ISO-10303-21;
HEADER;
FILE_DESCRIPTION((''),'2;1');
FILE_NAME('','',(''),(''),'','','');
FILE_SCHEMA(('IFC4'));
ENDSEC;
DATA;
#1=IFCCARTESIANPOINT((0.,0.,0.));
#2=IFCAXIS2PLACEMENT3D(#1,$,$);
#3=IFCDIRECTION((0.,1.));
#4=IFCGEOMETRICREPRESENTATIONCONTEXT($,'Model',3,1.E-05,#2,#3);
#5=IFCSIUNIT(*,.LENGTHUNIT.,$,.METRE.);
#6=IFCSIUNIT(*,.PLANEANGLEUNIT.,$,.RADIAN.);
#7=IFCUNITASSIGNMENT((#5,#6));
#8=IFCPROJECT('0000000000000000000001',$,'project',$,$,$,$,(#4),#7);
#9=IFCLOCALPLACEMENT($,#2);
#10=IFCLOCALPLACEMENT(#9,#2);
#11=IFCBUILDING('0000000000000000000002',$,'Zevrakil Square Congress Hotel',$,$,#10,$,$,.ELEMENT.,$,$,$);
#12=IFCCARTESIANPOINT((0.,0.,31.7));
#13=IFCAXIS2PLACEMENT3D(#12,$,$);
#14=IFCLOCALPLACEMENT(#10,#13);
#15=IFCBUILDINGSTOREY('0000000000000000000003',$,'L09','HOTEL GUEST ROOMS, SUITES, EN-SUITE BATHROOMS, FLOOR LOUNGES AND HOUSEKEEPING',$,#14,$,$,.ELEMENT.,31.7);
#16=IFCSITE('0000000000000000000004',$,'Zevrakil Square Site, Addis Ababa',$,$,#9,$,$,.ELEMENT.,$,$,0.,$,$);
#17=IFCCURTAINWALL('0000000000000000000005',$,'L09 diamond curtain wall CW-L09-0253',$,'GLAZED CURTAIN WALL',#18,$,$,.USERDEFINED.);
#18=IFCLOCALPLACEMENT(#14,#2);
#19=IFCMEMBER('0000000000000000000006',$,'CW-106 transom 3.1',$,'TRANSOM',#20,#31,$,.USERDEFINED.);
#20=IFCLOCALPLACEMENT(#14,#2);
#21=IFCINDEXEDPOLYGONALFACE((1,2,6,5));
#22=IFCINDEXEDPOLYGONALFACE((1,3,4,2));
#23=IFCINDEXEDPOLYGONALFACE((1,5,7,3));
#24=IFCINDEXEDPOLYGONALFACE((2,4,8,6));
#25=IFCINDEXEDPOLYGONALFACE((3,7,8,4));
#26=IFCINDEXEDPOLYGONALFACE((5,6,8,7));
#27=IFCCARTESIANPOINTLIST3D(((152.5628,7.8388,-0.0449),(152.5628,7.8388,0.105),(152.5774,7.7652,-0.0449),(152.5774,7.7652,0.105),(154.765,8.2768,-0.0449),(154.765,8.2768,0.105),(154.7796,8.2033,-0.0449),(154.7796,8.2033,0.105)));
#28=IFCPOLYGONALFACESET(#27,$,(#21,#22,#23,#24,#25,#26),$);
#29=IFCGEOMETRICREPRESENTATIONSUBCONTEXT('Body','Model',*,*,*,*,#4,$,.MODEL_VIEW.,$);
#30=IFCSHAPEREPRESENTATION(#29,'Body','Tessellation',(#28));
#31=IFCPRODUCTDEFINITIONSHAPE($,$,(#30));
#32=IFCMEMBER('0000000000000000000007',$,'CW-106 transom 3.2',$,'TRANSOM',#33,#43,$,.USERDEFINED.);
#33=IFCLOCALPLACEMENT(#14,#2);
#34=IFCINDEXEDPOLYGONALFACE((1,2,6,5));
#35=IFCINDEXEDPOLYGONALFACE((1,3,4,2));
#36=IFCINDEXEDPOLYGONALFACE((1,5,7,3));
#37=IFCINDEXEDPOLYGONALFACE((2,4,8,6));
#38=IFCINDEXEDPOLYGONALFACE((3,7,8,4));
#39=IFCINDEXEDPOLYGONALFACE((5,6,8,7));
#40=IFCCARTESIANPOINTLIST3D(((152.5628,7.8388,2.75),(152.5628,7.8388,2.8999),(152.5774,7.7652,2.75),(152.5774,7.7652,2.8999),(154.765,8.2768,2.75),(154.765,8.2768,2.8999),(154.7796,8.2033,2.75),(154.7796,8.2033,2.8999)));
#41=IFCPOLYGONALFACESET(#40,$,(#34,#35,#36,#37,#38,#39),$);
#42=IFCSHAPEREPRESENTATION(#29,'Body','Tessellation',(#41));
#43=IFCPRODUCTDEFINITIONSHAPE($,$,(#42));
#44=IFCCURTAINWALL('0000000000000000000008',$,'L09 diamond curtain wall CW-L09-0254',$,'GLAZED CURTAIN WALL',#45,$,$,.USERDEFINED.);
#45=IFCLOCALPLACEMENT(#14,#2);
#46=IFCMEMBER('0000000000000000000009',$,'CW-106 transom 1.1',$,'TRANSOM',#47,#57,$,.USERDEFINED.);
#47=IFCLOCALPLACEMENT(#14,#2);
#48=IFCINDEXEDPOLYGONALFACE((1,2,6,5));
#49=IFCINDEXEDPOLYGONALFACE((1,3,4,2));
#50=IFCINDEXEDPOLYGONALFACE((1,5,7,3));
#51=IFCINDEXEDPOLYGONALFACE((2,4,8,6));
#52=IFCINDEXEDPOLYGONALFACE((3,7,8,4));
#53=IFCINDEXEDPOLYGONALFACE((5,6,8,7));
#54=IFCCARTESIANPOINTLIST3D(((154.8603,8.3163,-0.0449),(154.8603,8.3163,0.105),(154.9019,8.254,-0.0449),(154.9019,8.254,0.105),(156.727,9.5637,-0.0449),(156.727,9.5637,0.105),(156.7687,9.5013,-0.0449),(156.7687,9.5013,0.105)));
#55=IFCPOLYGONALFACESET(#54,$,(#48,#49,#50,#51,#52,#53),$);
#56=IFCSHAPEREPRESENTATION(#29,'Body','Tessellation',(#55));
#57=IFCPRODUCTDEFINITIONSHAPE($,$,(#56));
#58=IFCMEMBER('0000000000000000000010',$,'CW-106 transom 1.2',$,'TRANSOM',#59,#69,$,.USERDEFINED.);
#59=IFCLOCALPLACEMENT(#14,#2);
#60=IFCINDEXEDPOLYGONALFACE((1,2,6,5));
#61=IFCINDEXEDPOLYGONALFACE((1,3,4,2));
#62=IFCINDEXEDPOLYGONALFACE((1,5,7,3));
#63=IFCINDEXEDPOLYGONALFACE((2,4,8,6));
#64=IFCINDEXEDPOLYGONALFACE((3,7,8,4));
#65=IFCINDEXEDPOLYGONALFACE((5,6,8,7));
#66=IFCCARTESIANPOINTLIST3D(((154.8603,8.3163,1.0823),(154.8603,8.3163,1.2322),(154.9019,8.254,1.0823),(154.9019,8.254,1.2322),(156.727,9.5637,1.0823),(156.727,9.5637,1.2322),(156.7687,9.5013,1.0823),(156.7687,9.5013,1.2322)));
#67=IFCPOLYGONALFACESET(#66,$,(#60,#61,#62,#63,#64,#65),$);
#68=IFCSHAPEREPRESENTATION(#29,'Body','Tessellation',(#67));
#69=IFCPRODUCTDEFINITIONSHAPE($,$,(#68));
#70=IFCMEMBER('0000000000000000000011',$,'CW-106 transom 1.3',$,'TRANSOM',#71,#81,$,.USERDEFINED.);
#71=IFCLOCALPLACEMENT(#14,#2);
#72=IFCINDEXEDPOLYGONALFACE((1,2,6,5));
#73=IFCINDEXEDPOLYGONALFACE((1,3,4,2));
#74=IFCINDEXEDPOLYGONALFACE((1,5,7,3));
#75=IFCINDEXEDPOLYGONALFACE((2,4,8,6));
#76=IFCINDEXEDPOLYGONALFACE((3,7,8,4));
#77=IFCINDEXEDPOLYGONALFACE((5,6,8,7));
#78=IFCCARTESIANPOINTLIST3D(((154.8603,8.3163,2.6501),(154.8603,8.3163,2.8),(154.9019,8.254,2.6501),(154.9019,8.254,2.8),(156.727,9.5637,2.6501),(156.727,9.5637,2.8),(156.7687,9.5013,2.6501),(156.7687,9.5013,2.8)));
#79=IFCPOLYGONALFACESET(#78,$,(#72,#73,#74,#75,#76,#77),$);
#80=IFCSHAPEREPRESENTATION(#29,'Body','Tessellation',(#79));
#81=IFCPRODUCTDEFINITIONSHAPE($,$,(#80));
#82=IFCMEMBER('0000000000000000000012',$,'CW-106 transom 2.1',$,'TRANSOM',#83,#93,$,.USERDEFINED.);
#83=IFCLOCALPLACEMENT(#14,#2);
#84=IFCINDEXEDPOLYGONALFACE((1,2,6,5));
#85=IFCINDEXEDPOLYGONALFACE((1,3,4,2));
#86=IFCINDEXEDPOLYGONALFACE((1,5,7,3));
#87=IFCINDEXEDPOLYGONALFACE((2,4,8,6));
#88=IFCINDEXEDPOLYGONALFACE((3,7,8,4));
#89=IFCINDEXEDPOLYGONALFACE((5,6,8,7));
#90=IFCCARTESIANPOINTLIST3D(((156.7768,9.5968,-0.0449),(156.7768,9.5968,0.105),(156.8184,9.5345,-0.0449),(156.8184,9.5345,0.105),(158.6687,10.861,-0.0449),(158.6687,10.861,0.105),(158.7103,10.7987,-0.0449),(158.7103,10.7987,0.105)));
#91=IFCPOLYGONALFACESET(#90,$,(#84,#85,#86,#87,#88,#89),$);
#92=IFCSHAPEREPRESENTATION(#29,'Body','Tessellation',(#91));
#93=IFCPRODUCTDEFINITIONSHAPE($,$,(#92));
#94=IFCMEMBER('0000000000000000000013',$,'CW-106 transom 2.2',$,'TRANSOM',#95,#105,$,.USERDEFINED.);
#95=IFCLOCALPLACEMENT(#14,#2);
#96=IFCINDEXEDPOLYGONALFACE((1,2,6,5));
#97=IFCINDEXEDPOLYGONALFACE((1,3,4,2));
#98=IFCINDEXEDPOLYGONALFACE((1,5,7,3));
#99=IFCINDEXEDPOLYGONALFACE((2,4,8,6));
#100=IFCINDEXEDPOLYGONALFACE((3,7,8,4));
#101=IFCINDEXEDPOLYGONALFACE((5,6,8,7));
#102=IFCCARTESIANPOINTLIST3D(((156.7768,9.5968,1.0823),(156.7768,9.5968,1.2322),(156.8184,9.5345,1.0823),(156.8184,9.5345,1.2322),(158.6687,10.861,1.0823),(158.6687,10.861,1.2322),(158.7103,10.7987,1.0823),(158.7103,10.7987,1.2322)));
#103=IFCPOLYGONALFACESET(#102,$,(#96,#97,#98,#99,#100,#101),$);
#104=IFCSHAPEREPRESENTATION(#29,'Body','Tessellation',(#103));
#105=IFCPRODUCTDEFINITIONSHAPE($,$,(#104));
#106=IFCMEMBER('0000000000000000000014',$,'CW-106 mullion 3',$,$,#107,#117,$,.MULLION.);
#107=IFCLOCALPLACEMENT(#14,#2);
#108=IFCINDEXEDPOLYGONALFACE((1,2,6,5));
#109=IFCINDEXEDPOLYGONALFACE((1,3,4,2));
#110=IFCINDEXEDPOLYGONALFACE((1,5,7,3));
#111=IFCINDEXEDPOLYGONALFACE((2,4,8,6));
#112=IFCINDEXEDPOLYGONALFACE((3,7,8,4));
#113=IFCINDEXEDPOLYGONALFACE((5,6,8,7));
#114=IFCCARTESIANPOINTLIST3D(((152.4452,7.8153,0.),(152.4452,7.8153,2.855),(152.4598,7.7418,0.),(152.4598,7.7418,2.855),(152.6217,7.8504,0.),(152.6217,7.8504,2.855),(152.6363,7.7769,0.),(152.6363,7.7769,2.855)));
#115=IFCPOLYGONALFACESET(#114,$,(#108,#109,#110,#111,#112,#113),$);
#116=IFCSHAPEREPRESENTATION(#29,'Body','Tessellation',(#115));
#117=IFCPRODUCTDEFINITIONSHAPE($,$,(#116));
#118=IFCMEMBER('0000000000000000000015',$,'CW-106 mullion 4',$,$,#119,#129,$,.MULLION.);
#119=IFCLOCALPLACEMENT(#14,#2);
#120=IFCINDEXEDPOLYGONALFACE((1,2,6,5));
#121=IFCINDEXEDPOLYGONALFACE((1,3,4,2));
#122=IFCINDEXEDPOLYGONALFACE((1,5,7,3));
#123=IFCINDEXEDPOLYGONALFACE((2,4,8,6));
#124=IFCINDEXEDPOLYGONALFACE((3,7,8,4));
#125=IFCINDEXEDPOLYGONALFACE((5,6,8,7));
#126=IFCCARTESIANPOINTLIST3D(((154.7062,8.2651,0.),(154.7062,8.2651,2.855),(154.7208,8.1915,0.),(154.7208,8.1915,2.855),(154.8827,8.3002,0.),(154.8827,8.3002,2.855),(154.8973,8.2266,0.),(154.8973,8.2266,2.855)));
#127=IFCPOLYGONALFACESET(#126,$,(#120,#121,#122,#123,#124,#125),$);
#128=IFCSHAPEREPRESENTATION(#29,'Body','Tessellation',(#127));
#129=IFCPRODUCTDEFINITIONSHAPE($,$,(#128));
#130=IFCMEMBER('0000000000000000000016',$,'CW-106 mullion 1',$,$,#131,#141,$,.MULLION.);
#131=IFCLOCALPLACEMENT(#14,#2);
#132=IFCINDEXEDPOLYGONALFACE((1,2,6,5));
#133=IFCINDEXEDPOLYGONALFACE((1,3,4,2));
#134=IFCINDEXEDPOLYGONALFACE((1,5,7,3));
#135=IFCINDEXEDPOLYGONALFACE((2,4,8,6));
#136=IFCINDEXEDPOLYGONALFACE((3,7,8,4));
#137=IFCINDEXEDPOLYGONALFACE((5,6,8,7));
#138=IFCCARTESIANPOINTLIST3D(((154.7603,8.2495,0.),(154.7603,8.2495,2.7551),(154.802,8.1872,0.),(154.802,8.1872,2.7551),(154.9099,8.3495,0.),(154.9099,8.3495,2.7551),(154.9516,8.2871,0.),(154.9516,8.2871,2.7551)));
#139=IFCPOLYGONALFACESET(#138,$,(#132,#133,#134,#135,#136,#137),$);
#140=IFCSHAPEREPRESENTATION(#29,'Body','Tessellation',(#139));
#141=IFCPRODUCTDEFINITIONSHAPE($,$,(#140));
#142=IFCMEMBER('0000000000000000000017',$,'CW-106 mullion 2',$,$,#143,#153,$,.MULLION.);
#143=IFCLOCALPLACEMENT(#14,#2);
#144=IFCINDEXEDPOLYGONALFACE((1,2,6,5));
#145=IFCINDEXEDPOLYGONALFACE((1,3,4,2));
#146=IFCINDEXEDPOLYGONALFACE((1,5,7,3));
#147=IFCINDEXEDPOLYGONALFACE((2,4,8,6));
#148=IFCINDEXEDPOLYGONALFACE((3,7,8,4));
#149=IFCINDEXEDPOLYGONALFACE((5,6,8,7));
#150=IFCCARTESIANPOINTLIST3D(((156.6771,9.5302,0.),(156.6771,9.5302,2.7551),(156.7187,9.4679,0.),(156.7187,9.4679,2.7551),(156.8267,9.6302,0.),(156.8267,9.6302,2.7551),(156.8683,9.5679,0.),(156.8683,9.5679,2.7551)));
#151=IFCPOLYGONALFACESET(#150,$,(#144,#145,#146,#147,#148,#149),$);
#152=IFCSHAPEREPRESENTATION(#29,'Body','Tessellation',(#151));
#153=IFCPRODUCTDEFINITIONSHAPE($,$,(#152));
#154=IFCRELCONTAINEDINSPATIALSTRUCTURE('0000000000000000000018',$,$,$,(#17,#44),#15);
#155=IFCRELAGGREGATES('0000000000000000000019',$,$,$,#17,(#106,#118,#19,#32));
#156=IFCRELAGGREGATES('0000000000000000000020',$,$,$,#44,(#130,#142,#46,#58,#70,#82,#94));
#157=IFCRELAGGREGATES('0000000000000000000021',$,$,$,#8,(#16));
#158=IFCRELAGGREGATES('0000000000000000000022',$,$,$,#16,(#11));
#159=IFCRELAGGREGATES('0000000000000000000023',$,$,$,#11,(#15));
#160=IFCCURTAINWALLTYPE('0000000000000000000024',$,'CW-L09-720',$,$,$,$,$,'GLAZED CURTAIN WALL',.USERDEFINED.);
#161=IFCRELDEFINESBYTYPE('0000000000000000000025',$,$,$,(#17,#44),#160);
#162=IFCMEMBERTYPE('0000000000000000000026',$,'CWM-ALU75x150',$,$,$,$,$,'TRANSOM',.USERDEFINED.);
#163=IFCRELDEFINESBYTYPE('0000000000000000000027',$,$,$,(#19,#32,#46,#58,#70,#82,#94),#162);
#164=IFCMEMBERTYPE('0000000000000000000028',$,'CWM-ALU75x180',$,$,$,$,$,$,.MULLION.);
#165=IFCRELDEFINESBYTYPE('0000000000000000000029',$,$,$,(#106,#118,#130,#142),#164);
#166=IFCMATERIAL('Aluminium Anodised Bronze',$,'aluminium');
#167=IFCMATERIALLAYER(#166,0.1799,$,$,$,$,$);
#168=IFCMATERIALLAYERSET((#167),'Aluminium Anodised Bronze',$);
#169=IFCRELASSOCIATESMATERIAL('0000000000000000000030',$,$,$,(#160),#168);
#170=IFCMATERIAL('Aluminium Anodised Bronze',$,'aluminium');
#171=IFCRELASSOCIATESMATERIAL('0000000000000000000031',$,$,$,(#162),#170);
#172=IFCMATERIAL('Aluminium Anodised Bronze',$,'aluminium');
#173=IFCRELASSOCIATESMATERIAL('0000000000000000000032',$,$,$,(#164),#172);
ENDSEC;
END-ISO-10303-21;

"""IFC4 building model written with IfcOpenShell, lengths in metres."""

from ifc_helpers import new_model, si_unit, direction, frame, origin, origin_2d, place, context, subcontext, project, spatial, rectangle, extrude, material, layer, layer_set, material_profile, profile_set, type_object, element, aggregate, save


model = new_model("IFC4")

# Units and contexts
model_context = context("Model", 3, precision=1e-05, world=origin(), true_north=direction((0.0, 1.0)))
body_context = subcontext(model_context, "Body", "Model", "MODEL_VIEW")
ifc_project = project(units=[si_unit("LENGTHUNIT", "METRE"), si_unit("PLANEANGLEUNIT", "RADIAN")], contexts=[model_context])

# Site, building, storey
site_placement = place(None, origin())
site = spatial("IfcSite", under=ifc_project, at=site_placement, Name="Zevrakil Square Site, Addis Ababa", CompositionType="ELEMENT", RefElevation=0.0)
building_placement = place(site_placement, origin())
building = spatial("IfcBuilding", under=site, at=building_placement, Name="Zevrakil Square Congress Hotel", CompositionType="ELEMENT")
storey_placement = place(building_placement, frame((0.0, 0.0, 31.7)))
storey = spatial("IfcBuildingStorey", under=building, at=storey_placement, Name="L09", Description="HOTEL GUEST ROOMS, SUITES, EN-SUITE BATHROOMS, FLOOR LOUNGES AND HOUSEKEEPING", CompositionType="ELEMENT", Elevation=31.7)

# Curtain walls, members
ifc_material_1 = material(Name="Aluminium Anodised Bronze", Category="aluminium")
ifc_layer_1 = layer(ifc_material_1, 0.1799)
ifc_layer_set_1 = layer_set([ifc_layer_1], Name="Aluminium Anodised Bronze")
curtain_wall_type = type_object("IfcCurtainWallType", Name="CW-L09-720", ElementType="GLAZED CURTAIN WALL", PredefinedType="USERDEFINED", material=ifc_layer_set_1)
curtain_wall_1_placement = place(storey_placement, origin())
curtain_wall_1 = element("IfcCurtainWall", 1, at=curtain_wall_1_placement, inside=storey, type_object=curtain_wall_type, Name="L09 diamond curtain wall CW-L09-0253", ObjectType="GLAZED CURTAIN WALL", PredefinedType="USERDEFINED")
ifc_material_2 = material(Name="Aluminium Anodised Bronze", Category="aluminium")
ifc_material_profile_1 = material_profile(ifc_material_2, rectangle(XDim=0.075, YDim=0.1499, at=origin_2d()), Name="ALU 75x150")
ifc_profile_set_1 = profile_set([ifc_material_profile_1], Name="Aluminium Anodised Bronze")
member_type_1 = type_object("IfcMemberType", Name="CWM-ALU75x150", ElementType="TRANSOM", PredefinedType="USERDEFINED", material=ifc_profile_set_1)
member_1_placement = place(storey_placement, frame((152.5701, 7.802, 0.03), z_axis=(0.980789, 0.19507, 0.0), x_axis=(-0.19507, 0.980789, 0.0)))
member_1 = element("IfcMember", 2, at=member_1_placement, type_object=member_type_1, Name="CW-106 transom 3.1", ObjectType="TRANSOM", PredefinedType="USERDEFINED", context=body_context, shape_type="SweptSolid", body=[
    extrude(rectangle(XDim=0.075, YDim=0.1499, at=origin_2d()), origin(), (0.0, 0.0, 1.0), 2.2454),
])
member_2_placement = place(storey_placement, frame((152.5701, 7.802, 2.825), z_axis=(0.980789, 0.19507, 0.0), x_axis=(-0.19507, 0.980789, 0.0)))
member_2 = element("IfcMember", 3, at=member_2_placement, type_object=member_type_1, Name="CW-106 transom 3.2", ObjectType="TRANSOM", PredefinedType="USERDEFINED", context=body_context, shape_type="SweptSolid", body=[
    extrude(rectangle(XDim=0.075, YDim=0.1499, at=origin_2d()), origin(), (0.0, 0.0, 1.0), 2.2454),
])
curtain_wall_2_placement = place(storey_placement, origin())
curtain_wall_2 = element("IfcCurtainWall", 4, at=curtain_wall_2_placement, inside=storey, type_object=curtain_wall_type, Name="L09 diamond curtain wall CW-L09-0254", ObjectType="GLAZED CURTAIN WALL", PredefinedType="USERDEFINED")
member_3_placement = place(storey_placement, frame((154.8811, 8.2852, 0.03), z_axis=(0.831464, 0.555578, 0.0), x_axis=(-0.555578, 0.831464, 0.0)))
member_3 = element("IfcMember", 5, at=member_3_placement, type_object=member_type_1, Name="CW-106 transom 1.1", ObjectType="TRANSOM", PredefinedType="USERDEFINED", context=body_context, shape_type="SweptSolid", body=[
    extrude(rectangle(XDim=0.075, YDim=0.1499, at=origin_2d()), origin(), (0.0, 0.0, 1.0), 2.2451),
])
member_4_placement = place(storey_placement, frame((154.8811, 8.2852, 1.1572), z_axis=(0.831464, 0.555578, 0.0), x_axis=(-0.555578, 0.831464, 0.0)))
member_4 = element("IfcMember", 6, at=member_4_placement, type_object=member_type_1, Name="CW-106 transom 1.2", ObjectType="TRANSOM", PredefinedType="USERDEFINED", context=body_context, shape_type="SweptSolid", body=[
    extrude(rectangle(XDim=0.075, YDim=0.1499, at=origin_2d()), origin(), (0.0, 0.0, 1.0), 2.2451),
])
member_5_placement = place(storey_placement, frame((154.8811, 8.2852, 2.7251), z_axis=(0.831464, 0.555578, 0.0), x_axis=(-0.555578, 0.831464, 0.0)))
member_5 = element("IfcMember", 7, at=member_5_placement, type_object=member_type_1, Name="CW-106 transom 1.3", ObjectType="TRANSOM", PredefinedType="USERDEFINED", context=body_context, shape_type="SweptSolid", body=[
    extrude(rectangle(XDim=0.075, YDim=0.1499, at=origin_2d()), origin(), (0.0, 0.0, 1.0), 2.2451),
])
member_6_placement = place(storey_placement, frame((156.7976, 9.5657, 0.03), z_axis=(0.831456, 0.555591, 0.0), x_axis=(-0.555591, 0.831456, 0.0)))
member_6 = element("IfcMember", 8, at=member_6_placement, type_object=member_type_1, Name="CW-106 transom 2.1", ObjectType="TRANSOM", PredefinedType="USERDEFINED", context=body_context, shape_type="SweptSolid", body=[
    extrude(rectangle(XDim=0.075, YDim=0.1499, at=origin_2d()), origin(), (0.0, 0.0, 1.0), 2.2754),
])
member_7_placement = place(storey_placement, frame((156.7976, 9.5657, 1.1572), z_axis=(0.831456, 0.555591, 0.0), x_axis=(-0.555591, 0.831456, 0.0)))
member_7 = element("IfcMember", 9, at=member_7_placement, type_object=member_type_1, Name="CW-106 transom 2.2", ObjectType="TRANSOM", PredefinedType="USERDEFINED", context=body_context, shape_type="SweptSolid", body=[
    extrude(rectangle(XDim=0.075, YDim=0.1499, at=origin_2d()), origin(), (0.0, 0.0, 1.0), 2.2754),
])

# Members
ifc_material_3 = material(Name="Aluminium Anodised Bronze", Category="aluminium")
ifc_material_profile_2 = material_profile(ifc_material_3, rectangle(XDim=0.075, YDim=0.1799, at=origin_2d()), Name="ALU 75x180")
ifc_profile_set_2 = profile_set([ifc_material_profile_2], Name="Aluminium Anodised Bronze")
member_type_2 = type_object("IfcMemberType", Name="CWM-ALU75x180", PredefinedType="MULLION", material=ifc_profile_set_2)
member_8_placement = place(storey_placement, frame((152.5408, 7.7961, 0.0), z_axis=(0.0, 0.0, 1.0), x_axis=(-0.195084, 0.980787, 0.0)))
member_8 = element("IfcMember", 10, at=member_8_placement, type_object=member_type_2, Name="CW-106 mullion 3", PredefinedType="MULLION", context=body_context, shape_type="SweptSolid", body=[
    extrude(rectangle(XDim=0.075, YDim=0.1799, at=origin_2d()), origin(), (0.0, 0.0, 1.0), 2.855),
])
member_9_placement = place(storey_placement, frame((154.8018, 8.2458, 0.0), z_axis=(0.0, 0.0, 1.0), x_axis=(-0.195084, 0.980787, 0.0)))
member_9 = element("IfcMember", 11, at=member_9_placement, type_object=member_type_2, Name="CW-106 mullion 4", PredefinedType="MULLION", context=body_context, shape_type="SweptSolid", body=[
    extrude(rectangle(XDim=0.075, YDim=0.1799, at=origin_2d()), origin(), (0.0, 0.0, 1.0), 2.855),
])
member_10_placement = place(storey_placement, frame((154.856, 8.2683, 0.0), z_axis=(0.0, 0.0, 1.0), x_axis=(-0.555576, 0.831466, 0.0)))
member_10 = element("IfcMember", 12, at=member_10_placement, type_object=member_type_2, Name="CW-106 mullion 1", PredefinedType="MULLION", context=body_context, shape_type="SweptSolid", body=[
    extrude(rectangle(XDim=0.075, YDim=0.1799, at=origin_2d()), origin(), (0.0, 0.0, 1.0), 2.7551),
])
member_11_placement = place(storey_placement, frame((156.7727, 9.5491, 0.0), z_axis=(0.0, 0.0, 1.0), x_axis=(-0.555576, 0.831466, 0.0)))
member_11 = element("IfcMember", 13, at=member_11_placement, type_object=member_type_2, Name="CW-106 mullion 2", PredefinedType="MULLION", context=body_context, shape_type="SweptSolid", body=[
    extrude(rectangle(XDim=0.075, YDim=0.1799, at=origin_2d()), origin(), (0.0, 0.0, 1.0), 2.7551),
])

aggregate(curtain_wall_1, [member_8, member_9, member_1, member_2])
aggregate(curtain_wall_2, [member_10, member_11, member_3, member_4, member_5, member_6, member_7])

save(model, "model.ifc")
